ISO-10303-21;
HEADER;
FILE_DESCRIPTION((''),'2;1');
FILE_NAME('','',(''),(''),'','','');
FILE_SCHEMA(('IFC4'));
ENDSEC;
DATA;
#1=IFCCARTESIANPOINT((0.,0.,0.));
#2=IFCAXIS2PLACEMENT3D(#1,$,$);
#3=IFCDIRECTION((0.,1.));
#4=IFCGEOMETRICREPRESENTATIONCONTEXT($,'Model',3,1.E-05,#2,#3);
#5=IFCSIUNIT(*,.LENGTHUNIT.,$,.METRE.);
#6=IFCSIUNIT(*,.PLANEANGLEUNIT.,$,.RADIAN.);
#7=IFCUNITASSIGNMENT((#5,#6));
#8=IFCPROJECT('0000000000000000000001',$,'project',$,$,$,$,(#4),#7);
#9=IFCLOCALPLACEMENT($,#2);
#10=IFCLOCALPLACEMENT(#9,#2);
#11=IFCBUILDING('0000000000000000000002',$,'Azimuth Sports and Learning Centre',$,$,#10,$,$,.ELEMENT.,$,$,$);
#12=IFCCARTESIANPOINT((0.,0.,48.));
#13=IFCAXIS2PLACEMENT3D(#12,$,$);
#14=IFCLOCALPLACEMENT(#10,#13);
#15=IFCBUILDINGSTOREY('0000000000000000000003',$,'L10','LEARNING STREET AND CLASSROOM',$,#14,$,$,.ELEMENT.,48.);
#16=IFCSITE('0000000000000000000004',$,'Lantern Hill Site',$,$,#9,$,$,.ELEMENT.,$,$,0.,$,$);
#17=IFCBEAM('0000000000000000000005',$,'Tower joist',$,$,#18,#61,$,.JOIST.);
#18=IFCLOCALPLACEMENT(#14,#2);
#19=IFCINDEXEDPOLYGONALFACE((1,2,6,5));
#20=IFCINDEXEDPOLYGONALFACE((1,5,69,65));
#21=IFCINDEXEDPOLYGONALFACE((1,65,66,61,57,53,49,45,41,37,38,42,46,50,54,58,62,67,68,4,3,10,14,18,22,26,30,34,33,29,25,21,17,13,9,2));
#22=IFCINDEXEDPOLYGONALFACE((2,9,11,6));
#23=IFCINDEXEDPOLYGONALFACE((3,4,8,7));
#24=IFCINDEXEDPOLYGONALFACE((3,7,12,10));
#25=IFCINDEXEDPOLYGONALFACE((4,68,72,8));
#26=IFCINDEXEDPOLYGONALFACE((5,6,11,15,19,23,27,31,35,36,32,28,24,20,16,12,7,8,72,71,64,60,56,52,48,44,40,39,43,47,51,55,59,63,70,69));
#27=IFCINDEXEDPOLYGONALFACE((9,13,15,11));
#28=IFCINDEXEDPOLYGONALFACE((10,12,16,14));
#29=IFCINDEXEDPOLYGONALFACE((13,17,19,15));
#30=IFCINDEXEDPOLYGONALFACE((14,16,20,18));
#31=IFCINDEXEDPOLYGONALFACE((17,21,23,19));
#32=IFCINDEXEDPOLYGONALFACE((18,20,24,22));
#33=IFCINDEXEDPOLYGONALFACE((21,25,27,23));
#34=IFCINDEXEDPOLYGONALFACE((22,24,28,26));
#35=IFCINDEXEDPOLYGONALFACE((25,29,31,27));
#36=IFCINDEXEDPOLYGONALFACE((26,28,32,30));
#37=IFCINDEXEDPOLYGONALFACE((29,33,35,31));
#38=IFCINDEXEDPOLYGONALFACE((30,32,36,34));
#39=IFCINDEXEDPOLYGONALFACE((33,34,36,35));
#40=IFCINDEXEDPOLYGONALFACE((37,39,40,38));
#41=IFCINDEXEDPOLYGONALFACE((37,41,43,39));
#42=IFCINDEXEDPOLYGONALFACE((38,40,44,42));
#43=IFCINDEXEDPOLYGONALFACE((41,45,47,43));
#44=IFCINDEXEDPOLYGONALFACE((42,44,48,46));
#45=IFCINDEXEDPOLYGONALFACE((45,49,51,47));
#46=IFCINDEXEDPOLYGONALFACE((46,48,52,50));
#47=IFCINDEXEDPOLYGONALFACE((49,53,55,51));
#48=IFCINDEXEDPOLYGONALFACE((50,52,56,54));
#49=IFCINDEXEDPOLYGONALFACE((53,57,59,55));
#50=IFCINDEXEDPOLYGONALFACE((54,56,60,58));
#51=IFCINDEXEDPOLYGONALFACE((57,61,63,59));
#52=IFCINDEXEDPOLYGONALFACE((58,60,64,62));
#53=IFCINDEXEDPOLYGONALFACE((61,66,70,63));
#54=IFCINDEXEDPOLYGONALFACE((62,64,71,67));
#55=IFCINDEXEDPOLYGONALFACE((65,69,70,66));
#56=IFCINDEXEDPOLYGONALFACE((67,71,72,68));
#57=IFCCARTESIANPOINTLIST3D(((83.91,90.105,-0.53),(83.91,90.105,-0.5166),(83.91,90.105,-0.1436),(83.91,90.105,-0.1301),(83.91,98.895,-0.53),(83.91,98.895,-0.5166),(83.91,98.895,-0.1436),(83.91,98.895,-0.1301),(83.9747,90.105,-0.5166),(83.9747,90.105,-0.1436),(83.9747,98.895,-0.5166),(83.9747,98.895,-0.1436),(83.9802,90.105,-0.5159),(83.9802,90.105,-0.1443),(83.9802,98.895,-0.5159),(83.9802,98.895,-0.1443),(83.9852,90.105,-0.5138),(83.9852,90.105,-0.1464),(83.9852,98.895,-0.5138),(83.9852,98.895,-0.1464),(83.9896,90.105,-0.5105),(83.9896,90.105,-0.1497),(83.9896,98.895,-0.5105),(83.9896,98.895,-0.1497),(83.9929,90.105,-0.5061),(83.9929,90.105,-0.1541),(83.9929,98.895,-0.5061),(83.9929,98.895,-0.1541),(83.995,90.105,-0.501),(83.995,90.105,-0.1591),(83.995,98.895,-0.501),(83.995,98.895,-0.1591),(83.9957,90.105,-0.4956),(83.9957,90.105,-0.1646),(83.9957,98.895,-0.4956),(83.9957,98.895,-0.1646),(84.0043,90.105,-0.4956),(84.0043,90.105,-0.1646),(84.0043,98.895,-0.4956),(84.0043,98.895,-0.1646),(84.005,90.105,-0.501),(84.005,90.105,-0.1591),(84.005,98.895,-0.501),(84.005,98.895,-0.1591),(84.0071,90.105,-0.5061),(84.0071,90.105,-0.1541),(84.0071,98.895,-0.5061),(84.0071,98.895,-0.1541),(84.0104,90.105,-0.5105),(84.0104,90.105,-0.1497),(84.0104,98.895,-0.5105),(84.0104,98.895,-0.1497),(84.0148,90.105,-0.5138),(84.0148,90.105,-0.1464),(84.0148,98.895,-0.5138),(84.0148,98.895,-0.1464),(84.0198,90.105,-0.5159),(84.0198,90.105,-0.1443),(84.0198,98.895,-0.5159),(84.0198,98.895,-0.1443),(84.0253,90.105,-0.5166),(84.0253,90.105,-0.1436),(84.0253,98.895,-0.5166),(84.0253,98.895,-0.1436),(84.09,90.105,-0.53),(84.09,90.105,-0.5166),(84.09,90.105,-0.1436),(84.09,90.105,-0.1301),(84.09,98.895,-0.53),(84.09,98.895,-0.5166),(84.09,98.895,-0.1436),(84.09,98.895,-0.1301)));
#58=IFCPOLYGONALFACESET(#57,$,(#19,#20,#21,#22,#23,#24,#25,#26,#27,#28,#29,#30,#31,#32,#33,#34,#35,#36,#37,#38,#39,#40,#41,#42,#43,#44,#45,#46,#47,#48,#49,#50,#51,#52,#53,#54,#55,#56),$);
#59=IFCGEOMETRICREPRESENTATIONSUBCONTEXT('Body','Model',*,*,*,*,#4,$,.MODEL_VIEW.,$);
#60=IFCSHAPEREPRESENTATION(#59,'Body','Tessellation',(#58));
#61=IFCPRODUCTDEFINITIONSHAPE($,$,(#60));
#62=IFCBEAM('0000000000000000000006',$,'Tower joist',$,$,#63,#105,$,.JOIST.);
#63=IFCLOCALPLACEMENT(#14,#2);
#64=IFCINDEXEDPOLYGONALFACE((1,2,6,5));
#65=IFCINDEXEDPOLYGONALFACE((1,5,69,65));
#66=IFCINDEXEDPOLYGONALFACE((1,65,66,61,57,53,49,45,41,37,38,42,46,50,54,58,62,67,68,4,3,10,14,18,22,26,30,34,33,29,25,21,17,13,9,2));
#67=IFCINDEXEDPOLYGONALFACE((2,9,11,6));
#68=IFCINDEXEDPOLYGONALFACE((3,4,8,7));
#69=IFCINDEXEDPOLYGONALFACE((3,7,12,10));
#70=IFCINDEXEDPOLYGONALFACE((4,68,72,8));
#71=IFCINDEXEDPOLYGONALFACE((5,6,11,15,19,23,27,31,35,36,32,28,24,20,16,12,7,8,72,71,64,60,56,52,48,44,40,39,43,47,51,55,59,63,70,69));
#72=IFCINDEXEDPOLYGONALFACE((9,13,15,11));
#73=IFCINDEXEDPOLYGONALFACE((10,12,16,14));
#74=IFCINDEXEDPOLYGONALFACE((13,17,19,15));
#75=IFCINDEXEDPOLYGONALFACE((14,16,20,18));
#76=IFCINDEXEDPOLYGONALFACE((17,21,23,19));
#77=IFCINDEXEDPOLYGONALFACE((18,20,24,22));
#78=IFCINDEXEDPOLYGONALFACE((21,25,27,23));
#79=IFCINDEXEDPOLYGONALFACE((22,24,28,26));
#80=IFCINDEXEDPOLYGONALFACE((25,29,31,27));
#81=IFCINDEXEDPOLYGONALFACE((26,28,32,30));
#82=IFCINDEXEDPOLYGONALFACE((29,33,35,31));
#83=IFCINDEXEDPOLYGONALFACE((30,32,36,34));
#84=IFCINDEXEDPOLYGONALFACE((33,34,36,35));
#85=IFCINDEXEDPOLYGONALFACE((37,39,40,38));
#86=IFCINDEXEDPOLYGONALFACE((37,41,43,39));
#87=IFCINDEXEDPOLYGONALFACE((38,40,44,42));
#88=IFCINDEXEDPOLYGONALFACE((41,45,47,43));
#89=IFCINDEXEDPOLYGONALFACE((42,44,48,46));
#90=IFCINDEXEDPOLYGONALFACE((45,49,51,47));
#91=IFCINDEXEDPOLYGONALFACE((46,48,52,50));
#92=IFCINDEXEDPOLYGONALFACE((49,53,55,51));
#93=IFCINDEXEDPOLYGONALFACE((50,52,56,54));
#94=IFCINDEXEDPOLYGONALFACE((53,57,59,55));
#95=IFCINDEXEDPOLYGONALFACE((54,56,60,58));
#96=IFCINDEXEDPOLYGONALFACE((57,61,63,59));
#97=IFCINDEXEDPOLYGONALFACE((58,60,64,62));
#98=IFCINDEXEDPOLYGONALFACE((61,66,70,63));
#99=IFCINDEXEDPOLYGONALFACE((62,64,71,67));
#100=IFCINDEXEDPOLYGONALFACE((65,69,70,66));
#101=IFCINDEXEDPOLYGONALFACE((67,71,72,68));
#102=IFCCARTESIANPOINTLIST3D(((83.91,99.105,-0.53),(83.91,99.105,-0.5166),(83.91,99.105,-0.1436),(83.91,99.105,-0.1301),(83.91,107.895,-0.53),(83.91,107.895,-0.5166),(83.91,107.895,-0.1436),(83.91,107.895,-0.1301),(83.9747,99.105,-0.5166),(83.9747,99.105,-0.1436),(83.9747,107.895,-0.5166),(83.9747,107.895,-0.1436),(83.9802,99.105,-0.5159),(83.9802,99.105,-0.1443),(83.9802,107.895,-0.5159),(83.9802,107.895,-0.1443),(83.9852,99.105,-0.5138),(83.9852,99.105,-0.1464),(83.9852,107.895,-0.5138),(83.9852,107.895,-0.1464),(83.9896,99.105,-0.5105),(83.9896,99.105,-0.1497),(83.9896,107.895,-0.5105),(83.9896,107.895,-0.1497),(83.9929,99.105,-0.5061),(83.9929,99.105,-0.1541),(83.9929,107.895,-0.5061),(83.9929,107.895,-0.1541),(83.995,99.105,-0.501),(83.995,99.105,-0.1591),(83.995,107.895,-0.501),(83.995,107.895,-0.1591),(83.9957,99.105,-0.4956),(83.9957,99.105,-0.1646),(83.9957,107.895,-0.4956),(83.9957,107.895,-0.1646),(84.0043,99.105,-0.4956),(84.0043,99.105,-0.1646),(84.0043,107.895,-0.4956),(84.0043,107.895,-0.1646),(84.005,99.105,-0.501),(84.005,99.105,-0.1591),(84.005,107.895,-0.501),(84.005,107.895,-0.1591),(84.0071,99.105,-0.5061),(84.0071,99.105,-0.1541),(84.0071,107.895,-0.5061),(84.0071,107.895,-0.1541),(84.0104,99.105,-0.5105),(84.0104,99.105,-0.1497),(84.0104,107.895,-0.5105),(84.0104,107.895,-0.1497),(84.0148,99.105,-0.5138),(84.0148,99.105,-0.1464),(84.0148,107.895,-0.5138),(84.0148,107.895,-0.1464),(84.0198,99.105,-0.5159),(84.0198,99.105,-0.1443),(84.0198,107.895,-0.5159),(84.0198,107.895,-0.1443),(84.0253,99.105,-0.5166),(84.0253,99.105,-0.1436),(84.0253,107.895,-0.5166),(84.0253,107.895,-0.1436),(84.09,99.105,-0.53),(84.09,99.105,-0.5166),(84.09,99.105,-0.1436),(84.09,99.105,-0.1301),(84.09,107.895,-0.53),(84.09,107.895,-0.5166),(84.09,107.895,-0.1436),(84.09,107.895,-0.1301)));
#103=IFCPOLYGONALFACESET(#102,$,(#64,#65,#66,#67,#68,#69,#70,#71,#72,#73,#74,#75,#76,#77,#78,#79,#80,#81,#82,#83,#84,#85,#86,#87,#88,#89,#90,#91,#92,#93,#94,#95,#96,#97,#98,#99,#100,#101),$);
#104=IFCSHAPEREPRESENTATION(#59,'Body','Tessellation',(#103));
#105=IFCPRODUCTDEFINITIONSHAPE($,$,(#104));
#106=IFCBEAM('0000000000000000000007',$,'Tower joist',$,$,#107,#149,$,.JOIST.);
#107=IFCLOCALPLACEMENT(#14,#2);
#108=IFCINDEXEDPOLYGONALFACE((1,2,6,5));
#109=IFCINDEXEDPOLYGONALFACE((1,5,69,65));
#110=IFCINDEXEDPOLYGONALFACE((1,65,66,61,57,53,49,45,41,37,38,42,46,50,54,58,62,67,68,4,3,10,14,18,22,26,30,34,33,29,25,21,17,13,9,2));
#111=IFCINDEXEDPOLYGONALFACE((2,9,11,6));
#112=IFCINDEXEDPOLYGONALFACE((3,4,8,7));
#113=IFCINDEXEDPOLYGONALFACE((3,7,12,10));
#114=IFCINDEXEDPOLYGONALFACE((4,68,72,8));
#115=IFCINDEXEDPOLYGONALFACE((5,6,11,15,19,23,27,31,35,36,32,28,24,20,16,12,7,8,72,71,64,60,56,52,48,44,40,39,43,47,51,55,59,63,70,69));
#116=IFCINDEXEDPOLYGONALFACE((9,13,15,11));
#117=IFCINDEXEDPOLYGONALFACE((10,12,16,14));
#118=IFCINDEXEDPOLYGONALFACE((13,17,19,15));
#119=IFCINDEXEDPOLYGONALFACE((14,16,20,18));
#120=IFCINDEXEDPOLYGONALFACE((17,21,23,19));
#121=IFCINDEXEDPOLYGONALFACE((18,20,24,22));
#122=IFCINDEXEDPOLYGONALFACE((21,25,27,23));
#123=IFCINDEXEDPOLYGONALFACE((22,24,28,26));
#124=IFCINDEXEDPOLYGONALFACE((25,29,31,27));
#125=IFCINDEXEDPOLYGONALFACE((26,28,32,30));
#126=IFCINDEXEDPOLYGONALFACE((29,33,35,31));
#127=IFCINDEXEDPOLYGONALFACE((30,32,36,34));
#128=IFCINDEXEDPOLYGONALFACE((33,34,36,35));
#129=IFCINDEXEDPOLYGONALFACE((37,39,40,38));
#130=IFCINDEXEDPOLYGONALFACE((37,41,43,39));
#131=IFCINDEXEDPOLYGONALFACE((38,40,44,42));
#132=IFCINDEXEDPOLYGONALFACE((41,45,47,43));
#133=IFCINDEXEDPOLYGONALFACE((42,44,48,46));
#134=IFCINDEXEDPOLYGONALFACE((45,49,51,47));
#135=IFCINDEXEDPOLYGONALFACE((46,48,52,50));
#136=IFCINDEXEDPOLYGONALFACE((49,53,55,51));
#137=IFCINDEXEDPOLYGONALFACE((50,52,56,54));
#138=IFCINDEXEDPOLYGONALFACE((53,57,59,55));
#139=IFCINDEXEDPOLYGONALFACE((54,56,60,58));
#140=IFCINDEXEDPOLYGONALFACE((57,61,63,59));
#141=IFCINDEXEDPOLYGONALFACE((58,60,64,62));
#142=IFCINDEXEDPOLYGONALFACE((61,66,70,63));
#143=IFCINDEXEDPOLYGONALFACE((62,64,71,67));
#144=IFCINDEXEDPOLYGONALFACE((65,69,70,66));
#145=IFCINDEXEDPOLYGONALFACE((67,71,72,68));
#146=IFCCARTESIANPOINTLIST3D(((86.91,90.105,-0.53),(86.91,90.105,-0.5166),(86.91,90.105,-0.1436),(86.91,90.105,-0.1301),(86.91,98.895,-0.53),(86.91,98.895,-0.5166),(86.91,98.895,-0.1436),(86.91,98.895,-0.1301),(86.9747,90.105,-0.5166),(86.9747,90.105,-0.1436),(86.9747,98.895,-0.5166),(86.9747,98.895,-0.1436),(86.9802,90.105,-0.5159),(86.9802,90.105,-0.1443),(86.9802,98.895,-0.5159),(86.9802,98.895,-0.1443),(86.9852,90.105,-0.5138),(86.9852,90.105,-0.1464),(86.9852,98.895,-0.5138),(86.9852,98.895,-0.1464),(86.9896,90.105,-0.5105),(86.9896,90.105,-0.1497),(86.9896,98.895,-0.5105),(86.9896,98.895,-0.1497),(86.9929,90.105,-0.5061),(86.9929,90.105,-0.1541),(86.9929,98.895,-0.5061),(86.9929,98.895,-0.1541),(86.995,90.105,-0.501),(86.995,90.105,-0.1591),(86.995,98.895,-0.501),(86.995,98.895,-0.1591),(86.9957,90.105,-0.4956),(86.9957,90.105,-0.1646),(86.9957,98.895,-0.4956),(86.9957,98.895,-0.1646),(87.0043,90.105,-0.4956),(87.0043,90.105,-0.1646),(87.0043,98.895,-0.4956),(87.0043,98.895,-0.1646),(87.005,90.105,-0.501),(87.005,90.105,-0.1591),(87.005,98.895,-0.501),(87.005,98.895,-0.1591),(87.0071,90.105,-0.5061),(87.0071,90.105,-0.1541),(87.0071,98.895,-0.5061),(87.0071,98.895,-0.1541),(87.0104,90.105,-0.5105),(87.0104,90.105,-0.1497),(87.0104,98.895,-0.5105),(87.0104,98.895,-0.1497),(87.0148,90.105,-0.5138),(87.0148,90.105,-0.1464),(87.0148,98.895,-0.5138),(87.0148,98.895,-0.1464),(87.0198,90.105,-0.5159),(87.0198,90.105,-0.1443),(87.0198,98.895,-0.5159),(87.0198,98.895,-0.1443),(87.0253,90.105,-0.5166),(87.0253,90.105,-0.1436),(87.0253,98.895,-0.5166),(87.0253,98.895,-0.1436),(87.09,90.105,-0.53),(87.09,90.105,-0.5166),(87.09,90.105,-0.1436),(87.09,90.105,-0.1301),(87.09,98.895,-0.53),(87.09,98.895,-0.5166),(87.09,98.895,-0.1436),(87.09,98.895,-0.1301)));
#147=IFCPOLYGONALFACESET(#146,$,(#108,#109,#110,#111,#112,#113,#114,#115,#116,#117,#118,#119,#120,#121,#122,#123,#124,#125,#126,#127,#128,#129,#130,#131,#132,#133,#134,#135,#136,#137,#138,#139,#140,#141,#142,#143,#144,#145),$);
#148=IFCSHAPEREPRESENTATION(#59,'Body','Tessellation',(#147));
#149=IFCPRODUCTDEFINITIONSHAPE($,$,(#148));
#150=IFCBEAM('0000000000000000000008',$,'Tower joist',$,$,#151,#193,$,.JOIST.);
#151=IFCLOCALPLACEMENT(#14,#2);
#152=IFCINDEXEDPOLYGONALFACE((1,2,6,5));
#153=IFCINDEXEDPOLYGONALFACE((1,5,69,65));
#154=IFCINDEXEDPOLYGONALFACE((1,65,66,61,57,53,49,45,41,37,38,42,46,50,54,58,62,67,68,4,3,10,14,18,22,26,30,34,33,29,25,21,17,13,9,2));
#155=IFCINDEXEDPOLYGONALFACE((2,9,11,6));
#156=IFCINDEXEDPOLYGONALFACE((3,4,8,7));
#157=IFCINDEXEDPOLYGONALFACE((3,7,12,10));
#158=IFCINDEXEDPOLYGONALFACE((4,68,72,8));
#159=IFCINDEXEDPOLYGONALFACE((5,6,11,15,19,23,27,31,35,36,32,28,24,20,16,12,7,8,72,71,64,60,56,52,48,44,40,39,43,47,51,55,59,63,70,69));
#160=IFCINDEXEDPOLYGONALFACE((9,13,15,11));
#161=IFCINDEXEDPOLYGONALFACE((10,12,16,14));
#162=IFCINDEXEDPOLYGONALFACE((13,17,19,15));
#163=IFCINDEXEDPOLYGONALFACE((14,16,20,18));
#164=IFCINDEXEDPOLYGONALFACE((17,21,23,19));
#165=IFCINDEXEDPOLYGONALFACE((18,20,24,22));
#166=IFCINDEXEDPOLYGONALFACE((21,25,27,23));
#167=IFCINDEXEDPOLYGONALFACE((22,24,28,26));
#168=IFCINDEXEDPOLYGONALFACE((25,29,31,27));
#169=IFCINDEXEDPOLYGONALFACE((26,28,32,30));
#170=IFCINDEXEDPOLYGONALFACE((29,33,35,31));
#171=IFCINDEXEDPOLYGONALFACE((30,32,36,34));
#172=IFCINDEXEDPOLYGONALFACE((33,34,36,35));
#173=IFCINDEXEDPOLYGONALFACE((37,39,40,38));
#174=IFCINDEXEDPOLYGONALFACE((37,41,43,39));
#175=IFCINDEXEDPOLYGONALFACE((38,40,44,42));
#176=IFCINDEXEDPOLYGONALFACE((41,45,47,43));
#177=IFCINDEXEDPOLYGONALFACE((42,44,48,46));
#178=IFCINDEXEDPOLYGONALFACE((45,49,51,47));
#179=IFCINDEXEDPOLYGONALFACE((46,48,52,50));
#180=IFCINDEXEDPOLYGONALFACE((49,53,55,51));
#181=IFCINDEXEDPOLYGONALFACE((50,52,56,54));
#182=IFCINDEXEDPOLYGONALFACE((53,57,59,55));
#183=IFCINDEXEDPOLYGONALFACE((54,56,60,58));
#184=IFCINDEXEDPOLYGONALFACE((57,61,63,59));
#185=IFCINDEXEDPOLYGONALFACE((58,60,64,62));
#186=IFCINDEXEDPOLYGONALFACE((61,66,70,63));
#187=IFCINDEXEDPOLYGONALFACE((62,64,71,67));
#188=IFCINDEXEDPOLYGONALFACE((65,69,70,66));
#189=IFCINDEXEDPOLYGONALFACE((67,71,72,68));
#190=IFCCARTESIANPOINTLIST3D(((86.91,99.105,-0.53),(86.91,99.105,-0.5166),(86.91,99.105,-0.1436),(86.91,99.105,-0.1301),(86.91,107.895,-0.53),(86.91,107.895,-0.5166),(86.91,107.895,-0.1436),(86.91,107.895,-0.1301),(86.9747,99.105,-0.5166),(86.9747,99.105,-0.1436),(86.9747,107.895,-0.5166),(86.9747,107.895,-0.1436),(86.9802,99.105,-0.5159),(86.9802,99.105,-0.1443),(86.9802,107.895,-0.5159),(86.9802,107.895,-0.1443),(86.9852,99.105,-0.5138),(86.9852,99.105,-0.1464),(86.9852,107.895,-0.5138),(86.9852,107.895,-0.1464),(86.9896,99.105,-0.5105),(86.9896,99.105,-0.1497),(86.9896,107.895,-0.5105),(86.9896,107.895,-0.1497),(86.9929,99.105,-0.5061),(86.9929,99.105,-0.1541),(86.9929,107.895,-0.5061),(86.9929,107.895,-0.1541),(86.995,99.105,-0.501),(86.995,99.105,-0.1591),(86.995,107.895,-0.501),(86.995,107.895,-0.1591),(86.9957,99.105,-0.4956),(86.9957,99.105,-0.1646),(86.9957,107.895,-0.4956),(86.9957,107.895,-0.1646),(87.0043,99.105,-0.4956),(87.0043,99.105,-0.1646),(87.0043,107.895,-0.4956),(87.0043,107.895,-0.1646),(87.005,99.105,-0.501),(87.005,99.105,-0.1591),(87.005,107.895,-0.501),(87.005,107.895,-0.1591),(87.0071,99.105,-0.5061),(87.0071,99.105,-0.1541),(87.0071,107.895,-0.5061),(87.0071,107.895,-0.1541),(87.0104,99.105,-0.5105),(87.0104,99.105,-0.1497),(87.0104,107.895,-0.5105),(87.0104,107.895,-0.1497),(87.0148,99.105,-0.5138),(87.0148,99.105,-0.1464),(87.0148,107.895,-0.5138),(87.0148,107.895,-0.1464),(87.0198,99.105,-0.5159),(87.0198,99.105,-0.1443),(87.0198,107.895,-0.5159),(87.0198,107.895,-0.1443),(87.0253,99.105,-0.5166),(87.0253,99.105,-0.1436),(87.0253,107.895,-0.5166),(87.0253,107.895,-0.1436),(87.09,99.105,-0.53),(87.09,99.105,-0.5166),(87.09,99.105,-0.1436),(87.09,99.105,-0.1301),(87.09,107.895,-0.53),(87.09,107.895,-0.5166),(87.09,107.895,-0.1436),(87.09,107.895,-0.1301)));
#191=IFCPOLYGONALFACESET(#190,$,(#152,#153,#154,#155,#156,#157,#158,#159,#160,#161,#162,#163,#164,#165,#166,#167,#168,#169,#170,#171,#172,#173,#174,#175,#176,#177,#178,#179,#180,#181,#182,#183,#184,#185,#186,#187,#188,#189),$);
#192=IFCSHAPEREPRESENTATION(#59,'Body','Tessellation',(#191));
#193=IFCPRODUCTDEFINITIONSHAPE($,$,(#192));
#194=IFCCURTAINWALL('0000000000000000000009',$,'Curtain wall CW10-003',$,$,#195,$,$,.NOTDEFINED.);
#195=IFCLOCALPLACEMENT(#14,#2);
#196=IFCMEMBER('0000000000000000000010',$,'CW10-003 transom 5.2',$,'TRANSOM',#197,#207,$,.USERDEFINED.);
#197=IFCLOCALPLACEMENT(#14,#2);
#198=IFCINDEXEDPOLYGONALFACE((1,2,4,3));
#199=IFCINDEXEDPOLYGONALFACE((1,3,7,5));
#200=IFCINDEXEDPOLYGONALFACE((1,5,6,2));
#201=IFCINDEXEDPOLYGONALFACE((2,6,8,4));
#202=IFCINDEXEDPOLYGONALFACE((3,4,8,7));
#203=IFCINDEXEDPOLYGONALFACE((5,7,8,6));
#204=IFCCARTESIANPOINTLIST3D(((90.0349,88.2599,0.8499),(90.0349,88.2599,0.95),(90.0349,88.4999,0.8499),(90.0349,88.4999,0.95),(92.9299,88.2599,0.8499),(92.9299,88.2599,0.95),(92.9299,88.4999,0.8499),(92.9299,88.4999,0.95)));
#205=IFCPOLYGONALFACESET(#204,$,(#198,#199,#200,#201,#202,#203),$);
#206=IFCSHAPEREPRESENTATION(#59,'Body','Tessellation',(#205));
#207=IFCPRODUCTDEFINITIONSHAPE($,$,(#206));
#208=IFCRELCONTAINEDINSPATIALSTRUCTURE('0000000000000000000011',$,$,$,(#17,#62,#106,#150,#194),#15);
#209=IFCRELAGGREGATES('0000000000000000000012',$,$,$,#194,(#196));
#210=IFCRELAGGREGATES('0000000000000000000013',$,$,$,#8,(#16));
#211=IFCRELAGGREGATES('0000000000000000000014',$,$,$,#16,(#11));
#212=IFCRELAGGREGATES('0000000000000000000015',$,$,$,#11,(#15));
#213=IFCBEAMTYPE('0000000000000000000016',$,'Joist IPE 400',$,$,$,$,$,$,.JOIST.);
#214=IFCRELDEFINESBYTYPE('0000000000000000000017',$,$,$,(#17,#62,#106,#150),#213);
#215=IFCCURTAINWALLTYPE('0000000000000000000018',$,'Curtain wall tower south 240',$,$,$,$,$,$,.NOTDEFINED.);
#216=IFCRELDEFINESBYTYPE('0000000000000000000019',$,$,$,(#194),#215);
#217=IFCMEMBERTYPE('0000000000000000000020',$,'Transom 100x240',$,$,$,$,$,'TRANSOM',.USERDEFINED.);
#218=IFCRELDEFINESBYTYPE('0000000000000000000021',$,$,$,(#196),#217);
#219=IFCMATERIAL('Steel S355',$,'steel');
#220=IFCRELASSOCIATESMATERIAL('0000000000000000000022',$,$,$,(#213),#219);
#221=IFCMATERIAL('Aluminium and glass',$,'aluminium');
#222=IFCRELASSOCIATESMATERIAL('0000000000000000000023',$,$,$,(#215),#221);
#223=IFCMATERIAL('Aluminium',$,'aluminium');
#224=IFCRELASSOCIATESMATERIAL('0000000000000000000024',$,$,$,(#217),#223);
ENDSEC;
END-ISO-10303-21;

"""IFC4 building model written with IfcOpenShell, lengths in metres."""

from ifc_helpers import new_model, si_unit, direction, frame, origin, origin_2d, place, context, subcontext, project, spatial, rectangle, i_section, extrude, material, material_profile, profile_set, type_object, element, aggregate, save


model = new_model("IFC4")

# Units and contexts
model_context = context("Model", 3, precision=1e-05, world=origin(), true_north=direction((0.0, 1.0)))
body_context = subcontext(model_context, "Body", "Model", "MODEL_VIEW")
ifc_project = project(units=[si_unit("LENGTHUNIT", "METRE"), si_unit("PLANEANGLEUNIT", "RADIAN")], contexts=[model_context])

# Site, building, storey
site_placement = place(None, origin())
site = spatial("IfcSite", under=ifc_project, at=site_placement, Name="Lantern Hill Site", CompositionType="ELEMENT", RefElevation=0.0)
building_placement = place(site_placement, origin())
building = spatial("IfcBuilding", under=site, at=building_placement, Name="Azimuth Sports and Learning Centre", CompositionType="ELEMENT")
storey_placement = place(building_placement, frame((0.0, 0.0, 48.0)))
storey = spatial("IfcBuildingStorey", under=building, at=storey_placement, Name="L10", Description="LEARNING STREET AND CLASSROOM", CompositionType="ELEMENT", Elevation=48.0)

# Beams
ifc_material_1 = material(Name="Steel S355", Category="steel")
ifc_material_profile_1 = material_profile(ifc_material_1, i_section(OverallWidth=0.1799, OverallDepth=0.3999, WebThickness=0.0085, FlangeThickness=0.0134, FilletRadius=0.021, at=origin_2d()), Name="IPE 400")
ifc_profile_set_1 = profile_set([ifc_material_profile_1], Name="Steel S355")
beam_type_1 = type_object("IfcBeamType", Name="Joist IPE 400", PredefinedType="JOIST", material=ifc_profile_set_1)
for number, where, z_axis, x_axis, name in (
    (1, (84.0, 90.105, -0.3301), (0.0, 1.0, 0.0), (-1.0, 0.0, 0.0), "Tower joist"),
    (2, (84.0, 99.105, -0.3301), (0.0, 1.0, 0.0), (-1.0, 0.0, 0.0), "Tower joist"),
    (3, (87.0, 90.105, -0.3301), (0.0, 1.0, 0.0), (-1.0, 0.0, 0.0), "Tower joist"),
    (4, (87.0, 99.105, -0.3301), (0.0, 1.0, 0.0), (-1.0, 0.0, 0.0), "Tower joist"),
):
    element("IfcBeam", number, at=place(storey_placement, frame(where, z_axis=z_axis, x_axis=x_axis)), inside=storey, type_object=beam_type_1, Name=name, PredefinedType="JOIST", context=body_context, shape_type="SweptSolid", body=[
        extrude(i_section(OverallWidth=0.1799, OverallDepth=0.3999, WebThickness=0.0085, FlangeThickness=0.0134, FilletRadius=0.021, at=origin_2d()), origin(), (0.0, 0.0, 1.0), 8.79),
    ])

# Curtain wall, member
ifc_material_2 = material(Name="Aluminium and glass", Category="aluminium")
curtain_wall_type = type_object("IfcCurtainWallType", Name="Curtain wall tower south 240", PredefinedType="NOTDEFINED", material=ifc_material_2)
curtain_wall_placement = place(storey_placement, origin())
curtain_wall = element("IfcCurtainWall", 5, at=curtain_wall_placement, inside=storey, type_object=curtain_wall_type, Name="Curtain wall CW10-003", PredefinedType="NOTDEFINED")
ifc_material_3 = material(Name="Aluminium", Category="aluminium")
ifc_material_profile_2 = material_profile(ifc_material_3, rectangle(XDim=0.24, YDim=0.1001, at=origin_2d()), Name="Transom 100x240")
ifc_profile_set_2 = profile_set([ifc_material_profile_2], Name="Aluminium")
member_type = type_object("IfcMemberType", Name="Transom 100x240", ElementType="TRANSOM", PredefinedType="USERDEFINED", material=ifc_profile_set_2)
member_1_placement = place(storey_placement, frame((90.0349, 88.3799, 0.8999), z_axis=(1.0, 0.0, 0.0), x_axis=(0.0, 1.0, 0.0)))
member_1 = element("IfcMember", 6, at=member_1_placement, type_object=member_type, Name="CW10-003 transom 5.2", ObjectType="TRANSOM", PredefinedType="USERDEFINED", context=body_context, shape_type="SweptSolid", body=[
    extrude(rectangle(XDim=0.24, YDim=0.1001, at=origin_2d()), origin(), (0.0, 0.0, 1.0), 2.895),
])
aggregate(curtain_wall, [member_1])

save(model, "model.ifc")
